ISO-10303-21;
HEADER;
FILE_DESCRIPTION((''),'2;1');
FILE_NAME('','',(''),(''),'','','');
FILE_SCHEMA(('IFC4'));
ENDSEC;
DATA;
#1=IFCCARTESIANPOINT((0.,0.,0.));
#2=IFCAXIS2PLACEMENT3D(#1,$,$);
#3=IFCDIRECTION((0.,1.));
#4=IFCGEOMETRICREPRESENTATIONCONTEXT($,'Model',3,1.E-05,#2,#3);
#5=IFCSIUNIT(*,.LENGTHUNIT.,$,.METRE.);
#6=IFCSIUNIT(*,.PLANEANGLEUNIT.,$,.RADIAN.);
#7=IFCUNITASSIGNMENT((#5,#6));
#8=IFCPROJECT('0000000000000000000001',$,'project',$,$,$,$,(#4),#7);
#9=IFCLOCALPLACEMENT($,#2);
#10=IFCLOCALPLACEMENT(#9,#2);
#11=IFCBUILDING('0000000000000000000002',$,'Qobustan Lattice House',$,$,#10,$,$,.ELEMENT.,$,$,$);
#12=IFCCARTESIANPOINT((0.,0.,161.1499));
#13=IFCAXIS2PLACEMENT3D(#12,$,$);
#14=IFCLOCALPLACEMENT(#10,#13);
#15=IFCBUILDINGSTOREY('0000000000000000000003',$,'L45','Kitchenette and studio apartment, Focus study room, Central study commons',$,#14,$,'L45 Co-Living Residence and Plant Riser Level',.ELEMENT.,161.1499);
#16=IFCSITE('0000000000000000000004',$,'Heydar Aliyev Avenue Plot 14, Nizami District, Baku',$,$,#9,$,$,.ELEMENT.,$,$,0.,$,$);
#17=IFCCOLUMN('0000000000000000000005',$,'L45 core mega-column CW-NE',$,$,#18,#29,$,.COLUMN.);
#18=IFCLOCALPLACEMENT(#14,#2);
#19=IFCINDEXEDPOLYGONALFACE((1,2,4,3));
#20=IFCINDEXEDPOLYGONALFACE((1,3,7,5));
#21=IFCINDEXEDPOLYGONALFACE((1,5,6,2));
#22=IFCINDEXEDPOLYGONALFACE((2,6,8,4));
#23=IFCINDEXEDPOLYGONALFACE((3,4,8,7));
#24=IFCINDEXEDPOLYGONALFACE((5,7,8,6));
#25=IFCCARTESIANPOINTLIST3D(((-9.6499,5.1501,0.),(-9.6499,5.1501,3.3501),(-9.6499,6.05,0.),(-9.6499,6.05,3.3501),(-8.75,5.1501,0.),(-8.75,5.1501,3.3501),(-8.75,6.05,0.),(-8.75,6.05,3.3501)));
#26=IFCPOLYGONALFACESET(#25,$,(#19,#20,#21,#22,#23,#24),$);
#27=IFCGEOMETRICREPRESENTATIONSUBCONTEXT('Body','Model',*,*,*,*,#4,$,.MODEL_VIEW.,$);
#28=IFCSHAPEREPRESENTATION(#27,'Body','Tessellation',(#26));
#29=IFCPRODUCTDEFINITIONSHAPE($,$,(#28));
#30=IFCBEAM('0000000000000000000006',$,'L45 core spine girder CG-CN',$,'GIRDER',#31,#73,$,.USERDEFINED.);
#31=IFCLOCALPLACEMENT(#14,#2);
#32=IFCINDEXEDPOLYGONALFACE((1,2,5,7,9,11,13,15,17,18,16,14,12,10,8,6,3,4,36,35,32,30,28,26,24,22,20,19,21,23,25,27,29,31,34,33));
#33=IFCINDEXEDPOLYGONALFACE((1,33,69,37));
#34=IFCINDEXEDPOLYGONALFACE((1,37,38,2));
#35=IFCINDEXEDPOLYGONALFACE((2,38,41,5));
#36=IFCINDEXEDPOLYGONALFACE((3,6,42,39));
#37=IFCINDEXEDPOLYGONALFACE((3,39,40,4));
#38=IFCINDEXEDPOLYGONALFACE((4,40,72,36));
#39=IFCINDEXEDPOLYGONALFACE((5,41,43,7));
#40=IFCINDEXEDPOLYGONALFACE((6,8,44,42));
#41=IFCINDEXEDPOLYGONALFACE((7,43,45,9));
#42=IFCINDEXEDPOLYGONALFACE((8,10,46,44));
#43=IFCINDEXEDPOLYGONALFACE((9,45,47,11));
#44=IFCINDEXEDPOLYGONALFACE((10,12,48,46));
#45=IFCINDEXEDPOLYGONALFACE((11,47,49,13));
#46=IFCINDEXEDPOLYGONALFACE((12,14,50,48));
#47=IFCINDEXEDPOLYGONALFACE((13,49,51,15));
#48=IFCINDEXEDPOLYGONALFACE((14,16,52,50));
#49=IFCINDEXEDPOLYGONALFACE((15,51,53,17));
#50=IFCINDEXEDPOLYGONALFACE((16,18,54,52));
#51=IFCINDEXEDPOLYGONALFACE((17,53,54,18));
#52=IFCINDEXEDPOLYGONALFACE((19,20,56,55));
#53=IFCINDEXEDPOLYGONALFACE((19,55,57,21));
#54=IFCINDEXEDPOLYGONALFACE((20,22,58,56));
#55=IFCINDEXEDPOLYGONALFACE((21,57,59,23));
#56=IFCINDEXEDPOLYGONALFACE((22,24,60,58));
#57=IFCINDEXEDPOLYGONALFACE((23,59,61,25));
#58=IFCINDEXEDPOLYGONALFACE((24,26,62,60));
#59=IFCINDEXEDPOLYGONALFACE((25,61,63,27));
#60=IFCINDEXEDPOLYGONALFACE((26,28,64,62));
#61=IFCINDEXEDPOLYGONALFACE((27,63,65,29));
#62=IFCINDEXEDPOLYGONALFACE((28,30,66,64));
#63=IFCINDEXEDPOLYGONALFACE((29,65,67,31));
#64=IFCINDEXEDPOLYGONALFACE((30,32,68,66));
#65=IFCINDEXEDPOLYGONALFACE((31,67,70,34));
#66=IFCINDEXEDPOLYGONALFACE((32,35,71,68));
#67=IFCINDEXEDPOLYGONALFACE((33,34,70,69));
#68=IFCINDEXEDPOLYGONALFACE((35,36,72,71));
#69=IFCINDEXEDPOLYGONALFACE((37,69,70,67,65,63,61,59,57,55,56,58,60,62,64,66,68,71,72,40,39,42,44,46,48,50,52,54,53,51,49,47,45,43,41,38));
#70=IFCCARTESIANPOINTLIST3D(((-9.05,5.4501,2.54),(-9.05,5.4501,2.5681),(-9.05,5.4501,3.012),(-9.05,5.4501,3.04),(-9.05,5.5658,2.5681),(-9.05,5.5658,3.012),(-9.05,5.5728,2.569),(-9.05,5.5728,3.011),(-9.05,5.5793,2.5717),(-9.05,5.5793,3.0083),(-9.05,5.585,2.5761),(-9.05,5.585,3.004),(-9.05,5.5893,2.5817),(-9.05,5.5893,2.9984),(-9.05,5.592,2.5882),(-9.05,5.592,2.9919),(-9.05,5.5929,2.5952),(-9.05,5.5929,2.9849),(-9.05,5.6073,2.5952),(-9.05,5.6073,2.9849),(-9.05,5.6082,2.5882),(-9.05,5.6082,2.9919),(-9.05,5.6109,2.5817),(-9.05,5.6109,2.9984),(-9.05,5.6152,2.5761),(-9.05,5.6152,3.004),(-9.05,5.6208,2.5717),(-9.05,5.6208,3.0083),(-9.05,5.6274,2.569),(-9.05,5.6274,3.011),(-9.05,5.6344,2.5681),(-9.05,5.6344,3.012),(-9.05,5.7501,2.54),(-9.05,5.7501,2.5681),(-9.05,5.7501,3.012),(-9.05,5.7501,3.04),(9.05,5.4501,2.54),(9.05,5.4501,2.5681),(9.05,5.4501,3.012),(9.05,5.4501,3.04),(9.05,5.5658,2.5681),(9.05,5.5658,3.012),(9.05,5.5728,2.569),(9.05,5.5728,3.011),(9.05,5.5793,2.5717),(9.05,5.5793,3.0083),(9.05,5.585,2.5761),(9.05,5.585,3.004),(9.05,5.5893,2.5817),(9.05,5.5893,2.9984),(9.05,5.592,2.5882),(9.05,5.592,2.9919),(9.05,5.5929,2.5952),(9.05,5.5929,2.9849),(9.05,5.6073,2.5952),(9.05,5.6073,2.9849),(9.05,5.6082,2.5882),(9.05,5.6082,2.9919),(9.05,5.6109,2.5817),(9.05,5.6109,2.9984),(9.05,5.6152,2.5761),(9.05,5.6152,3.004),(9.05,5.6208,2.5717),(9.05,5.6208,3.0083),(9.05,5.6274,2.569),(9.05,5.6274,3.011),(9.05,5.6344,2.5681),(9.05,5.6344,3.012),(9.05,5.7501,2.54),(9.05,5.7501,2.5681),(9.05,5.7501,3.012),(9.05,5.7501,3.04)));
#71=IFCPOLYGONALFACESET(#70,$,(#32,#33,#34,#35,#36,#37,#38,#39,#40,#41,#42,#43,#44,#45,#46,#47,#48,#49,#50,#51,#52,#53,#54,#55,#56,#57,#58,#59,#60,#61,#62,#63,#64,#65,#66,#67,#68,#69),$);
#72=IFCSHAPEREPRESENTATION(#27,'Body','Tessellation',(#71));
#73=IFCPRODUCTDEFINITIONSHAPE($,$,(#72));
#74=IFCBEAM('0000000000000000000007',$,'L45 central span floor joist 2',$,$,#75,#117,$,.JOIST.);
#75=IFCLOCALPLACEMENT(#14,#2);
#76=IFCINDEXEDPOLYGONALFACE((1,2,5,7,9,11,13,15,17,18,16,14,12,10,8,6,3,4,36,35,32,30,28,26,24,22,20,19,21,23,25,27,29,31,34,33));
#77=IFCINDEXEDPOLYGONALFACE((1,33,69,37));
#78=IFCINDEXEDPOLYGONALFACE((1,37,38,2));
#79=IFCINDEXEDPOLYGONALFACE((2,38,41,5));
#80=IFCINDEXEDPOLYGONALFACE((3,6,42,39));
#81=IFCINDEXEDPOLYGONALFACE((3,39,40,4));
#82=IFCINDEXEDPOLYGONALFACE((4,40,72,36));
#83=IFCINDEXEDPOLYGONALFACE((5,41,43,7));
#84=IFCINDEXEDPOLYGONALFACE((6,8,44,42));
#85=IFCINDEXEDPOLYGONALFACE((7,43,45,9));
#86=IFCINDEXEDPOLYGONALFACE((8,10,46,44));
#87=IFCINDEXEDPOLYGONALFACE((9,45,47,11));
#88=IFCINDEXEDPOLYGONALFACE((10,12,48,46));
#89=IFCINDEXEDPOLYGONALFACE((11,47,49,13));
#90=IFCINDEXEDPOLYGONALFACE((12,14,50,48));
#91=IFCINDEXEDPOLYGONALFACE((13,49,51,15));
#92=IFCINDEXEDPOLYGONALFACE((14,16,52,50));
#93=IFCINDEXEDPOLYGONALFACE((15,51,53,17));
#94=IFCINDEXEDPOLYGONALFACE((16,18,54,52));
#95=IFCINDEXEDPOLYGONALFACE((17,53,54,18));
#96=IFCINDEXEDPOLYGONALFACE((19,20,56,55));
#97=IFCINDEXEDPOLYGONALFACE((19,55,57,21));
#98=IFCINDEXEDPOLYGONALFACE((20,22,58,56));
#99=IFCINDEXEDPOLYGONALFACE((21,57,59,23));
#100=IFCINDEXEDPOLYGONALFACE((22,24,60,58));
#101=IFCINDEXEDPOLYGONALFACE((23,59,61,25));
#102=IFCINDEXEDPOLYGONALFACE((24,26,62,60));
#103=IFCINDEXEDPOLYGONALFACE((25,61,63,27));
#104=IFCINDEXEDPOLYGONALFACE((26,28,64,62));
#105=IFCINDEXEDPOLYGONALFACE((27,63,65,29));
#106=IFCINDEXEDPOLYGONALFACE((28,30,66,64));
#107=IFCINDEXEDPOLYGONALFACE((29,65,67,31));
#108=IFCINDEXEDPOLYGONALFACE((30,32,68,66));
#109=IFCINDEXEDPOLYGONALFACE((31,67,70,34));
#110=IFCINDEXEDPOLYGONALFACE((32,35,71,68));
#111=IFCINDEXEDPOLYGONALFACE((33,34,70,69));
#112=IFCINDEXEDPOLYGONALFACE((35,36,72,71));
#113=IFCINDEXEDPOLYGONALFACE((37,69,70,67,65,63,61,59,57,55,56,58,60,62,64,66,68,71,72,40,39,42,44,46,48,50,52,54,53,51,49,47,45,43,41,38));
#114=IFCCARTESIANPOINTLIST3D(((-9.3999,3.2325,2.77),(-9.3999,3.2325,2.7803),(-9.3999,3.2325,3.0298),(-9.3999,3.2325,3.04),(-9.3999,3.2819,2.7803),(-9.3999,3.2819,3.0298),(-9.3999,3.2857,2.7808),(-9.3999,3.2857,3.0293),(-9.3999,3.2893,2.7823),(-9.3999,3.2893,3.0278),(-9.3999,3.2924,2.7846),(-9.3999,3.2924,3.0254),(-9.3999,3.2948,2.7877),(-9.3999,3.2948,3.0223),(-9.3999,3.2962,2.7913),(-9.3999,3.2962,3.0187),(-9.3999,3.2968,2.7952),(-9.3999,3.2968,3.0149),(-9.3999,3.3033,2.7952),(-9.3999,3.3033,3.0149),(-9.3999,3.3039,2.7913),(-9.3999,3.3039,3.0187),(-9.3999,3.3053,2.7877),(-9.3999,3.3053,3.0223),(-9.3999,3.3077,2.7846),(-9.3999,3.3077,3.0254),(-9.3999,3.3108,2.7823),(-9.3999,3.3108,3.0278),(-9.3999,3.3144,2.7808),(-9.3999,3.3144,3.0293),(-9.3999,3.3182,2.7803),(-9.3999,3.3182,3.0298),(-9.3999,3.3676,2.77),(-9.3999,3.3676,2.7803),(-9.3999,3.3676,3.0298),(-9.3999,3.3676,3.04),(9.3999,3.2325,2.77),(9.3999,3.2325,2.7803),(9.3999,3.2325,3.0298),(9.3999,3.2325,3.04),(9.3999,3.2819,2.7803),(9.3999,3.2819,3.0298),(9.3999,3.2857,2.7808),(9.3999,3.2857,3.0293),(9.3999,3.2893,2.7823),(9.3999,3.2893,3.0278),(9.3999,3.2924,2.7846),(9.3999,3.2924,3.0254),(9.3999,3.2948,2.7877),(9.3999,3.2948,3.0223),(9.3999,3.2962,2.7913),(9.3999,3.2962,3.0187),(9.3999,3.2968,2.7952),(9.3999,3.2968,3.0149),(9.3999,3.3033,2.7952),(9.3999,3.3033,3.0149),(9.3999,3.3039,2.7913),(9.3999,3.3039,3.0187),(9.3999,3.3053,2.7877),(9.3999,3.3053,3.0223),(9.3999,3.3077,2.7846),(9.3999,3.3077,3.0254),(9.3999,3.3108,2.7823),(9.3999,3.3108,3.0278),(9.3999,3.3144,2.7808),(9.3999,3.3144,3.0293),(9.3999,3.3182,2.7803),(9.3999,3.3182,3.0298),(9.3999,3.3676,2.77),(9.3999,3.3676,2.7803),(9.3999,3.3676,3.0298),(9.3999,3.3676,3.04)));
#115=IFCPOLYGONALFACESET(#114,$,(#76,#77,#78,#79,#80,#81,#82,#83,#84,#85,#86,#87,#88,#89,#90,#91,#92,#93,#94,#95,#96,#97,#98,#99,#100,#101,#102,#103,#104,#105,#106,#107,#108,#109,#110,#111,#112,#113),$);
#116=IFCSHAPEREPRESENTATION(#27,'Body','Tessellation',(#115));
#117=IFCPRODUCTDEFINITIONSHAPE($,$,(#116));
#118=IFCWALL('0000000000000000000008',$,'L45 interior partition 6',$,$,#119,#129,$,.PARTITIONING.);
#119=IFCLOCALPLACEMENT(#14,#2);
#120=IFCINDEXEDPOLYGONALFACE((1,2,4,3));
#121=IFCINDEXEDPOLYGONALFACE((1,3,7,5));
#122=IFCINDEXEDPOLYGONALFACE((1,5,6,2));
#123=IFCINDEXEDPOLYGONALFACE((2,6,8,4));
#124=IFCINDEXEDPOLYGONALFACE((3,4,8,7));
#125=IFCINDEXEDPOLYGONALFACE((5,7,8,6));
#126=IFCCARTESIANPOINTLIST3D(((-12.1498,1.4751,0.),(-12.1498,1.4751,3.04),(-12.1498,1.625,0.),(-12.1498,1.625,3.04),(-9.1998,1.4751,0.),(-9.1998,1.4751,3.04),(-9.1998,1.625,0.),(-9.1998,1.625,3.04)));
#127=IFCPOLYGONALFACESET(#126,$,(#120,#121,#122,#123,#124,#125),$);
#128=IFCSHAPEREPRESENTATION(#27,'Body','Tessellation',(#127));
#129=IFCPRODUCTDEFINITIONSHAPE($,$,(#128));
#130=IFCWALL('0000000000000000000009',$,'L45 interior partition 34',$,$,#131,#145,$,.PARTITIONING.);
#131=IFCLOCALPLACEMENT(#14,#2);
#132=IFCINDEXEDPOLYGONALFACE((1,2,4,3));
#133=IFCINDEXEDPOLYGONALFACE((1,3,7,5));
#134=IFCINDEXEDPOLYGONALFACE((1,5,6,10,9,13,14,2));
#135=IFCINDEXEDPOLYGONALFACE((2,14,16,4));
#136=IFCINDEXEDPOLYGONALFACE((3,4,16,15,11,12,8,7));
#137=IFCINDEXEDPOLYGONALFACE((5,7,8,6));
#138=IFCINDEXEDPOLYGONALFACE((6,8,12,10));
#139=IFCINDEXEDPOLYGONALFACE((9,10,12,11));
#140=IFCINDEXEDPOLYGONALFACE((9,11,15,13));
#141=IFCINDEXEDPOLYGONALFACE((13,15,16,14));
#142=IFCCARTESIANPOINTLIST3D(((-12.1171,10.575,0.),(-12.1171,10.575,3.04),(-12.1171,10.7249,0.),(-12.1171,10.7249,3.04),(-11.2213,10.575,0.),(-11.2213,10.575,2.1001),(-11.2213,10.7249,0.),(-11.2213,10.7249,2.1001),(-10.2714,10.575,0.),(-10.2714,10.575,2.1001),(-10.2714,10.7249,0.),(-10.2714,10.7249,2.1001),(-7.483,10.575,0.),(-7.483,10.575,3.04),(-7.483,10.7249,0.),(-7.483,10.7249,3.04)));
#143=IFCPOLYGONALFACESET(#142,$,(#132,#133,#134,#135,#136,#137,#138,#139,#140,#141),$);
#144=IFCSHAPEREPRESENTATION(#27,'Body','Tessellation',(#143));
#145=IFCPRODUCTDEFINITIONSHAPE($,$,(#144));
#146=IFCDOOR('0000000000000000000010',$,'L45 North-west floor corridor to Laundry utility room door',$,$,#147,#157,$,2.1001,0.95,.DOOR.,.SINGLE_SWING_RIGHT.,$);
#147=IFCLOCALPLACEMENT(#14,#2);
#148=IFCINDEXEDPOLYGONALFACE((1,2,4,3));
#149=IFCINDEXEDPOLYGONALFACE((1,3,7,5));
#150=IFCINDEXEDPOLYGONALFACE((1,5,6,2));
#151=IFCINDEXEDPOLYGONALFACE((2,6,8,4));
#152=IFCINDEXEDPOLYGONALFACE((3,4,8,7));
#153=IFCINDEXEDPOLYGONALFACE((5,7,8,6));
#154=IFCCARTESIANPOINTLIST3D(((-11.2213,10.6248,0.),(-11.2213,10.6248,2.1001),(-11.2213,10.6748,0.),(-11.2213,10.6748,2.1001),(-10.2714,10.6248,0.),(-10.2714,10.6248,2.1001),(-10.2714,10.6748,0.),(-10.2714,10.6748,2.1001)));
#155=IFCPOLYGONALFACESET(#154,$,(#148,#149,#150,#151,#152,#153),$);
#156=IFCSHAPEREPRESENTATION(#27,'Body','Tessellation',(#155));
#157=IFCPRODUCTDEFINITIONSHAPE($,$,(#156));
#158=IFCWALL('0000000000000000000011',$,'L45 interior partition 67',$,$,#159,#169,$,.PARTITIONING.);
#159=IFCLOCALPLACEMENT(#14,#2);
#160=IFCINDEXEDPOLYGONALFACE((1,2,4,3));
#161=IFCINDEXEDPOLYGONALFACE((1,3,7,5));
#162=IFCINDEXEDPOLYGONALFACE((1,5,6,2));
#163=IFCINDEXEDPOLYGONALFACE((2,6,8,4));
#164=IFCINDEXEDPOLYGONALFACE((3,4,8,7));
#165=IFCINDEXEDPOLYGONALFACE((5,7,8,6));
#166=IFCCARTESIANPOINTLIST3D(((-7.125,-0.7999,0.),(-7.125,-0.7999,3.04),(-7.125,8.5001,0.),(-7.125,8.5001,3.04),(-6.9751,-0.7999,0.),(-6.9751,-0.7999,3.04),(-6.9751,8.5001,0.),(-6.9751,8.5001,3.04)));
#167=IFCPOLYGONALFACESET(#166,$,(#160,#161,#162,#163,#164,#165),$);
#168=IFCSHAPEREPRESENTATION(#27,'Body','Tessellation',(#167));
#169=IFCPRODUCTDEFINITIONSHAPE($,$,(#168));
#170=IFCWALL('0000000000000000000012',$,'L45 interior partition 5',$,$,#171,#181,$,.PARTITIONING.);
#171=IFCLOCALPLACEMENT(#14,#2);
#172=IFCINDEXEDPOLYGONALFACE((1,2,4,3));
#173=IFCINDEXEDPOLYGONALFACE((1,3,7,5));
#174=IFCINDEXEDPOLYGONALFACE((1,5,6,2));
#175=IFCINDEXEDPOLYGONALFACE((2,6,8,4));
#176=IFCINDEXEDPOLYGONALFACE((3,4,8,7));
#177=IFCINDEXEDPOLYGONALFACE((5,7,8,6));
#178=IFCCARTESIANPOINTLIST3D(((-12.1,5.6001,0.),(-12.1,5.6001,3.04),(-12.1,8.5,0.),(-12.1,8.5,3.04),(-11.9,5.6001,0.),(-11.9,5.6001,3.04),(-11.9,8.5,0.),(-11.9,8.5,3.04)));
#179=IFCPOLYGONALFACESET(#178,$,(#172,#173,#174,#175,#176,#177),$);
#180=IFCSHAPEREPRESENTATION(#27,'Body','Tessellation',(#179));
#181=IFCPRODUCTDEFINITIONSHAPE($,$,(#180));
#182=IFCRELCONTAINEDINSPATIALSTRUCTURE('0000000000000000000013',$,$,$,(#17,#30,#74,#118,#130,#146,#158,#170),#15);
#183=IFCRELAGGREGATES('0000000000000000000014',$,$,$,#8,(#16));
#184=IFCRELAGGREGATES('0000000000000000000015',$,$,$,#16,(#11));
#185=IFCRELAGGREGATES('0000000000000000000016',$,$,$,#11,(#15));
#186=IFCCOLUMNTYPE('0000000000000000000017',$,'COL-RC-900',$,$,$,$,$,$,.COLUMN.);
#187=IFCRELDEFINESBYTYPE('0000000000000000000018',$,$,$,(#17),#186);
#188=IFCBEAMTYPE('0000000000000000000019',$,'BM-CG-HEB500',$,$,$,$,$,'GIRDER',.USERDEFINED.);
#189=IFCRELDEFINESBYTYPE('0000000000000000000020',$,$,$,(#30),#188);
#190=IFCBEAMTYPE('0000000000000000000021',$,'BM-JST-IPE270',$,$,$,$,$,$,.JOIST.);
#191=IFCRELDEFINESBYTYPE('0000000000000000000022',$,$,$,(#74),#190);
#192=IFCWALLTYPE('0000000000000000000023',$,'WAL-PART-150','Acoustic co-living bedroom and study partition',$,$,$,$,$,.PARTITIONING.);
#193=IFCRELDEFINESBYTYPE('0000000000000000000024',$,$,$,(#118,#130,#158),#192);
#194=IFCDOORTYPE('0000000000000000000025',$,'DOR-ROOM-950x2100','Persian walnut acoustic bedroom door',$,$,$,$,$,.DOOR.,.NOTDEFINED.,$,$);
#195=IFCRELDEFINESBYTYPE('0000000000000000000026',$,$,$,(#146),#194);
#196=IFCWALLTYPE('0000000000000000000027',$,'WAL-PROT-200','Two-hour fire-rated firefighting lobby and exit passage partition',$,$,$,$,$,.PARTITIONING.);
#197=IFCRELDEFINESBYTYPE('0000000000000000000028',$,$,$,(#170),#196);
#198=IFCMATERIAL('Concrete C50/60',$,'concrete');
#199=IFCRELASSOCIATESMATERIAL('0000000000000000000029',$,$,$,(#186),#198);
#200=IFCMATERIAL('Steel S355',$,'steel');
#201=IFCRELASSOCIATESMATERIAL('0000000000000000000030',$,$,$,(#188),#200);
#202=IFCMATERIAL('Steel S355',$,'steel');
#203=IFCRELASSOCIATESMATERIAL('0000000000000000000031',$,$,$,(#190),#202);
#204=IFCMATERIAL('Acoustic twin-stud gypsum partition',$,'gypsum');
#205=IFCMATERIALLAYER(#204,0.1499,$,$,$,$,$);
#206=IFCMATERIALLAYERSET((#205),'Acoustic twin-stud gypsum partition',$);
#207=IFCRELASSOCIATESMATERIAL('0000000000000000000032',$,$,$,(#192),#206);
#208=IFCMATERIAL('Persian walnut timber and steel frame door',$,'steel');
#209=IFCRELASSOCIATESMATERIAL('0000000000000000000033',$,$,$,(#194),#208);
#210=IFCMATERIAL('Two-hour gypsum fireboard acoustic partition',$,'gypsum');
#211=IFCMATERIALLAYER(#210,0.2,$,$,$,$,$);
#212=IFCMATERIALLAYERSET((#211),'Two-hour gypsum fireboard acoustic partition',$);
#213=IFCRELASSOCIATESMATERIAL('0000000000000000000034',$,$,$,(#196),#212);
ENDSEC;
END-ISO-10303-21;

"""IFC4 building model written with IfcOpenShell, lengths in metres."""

from ifc_helpers import new_model, si_unit, direction, frame, frame_2d, origin, origin_2d, place, context, subcontext, project, spatial, rectangle, i_section, extrude, material, layer, layer_set, material_profile, profile_set, type_object, element, fill, save


model = new_model("IFC4")

# Units and contexts
model_context = context("Model", 3, precision=1e-05, world=origin(), true_north=direction((0.0, 1.0)))
body_context = subcontext(model_context, "Body", "Model", "MODEL_VIEW")
ifc_project = project(units=[si_unit("LENGTHUNIT", "METRE"), si_unit("PLANEANGLEUNIT", "RADIAN")], contexts=[model_context])

# Site, building, storey
site_placement = place(None, origin())
site = spatial("IfcSite", under=ifc_project, at=site_placement, Name="Heydar Aliyev Avenue Plot 14, Nizami District, Baku", CompositionType="ELEMENT", RefElevation=0.0)
building_placement = place(site_placement, origin())
building = spatial("IfcBuilding", under=site, at=building_placement, Name="Qobustan Lattice House", CompositionType="ELEMENT")
storey_placement = place(building_placement, frame((0.0, 0.0, 161.1499)))
storey = spatial("IfcBuildingStorey", under=building, at=storey_placement, Name="L45", Description="Kitchenette and studio apartment, Focus study room, Central study commons", LongName="L45 Co-Living Residence and Plant Riser Level", CompositionType="ELEMENT", Elevation=161.1499)

# Column
ifc_material_1 = material(Name="Concrete C50/60", Category="concrete")
ifc_material_profile_1 = material_profile(ifc_material_1, rectangle(XDim=0.8999, YDim=0.8999, at=origin_2d()), Name="RC900x900")
ifc_profile_set_1 = profile_set([ifc_material_profile_1], Name="Concrete C50/60")
column_type = type_object("IfcColumnType", Name="COL-RC-900", PredefinedType="COLUMN", material=ifc_profile_set_1)
column_placement = place(storey_placement, frame((-9.2, 5.6001, 0.0), z_axis=(0.0, 0.0, 1.0), x_axis=(1.0, 0.0, 0.0)))
element("IfcColumn", 1, at=column_placement, inside=storey, type_object=column_type, Name="L45 core mega-column CW-NE", PredefinedType="COLUMN", context=body_context, shape_type="SweptSolid", body=[
    extrude(rectangle(XDim=0.8999, YDim=0.8999, at=origin_2d()), origin(), (0.0, 0.0, 1.0), 3.3501),
])

# Beams
ifc_material_2 = material(Name="Steel S355", Category="steel")
ifc_material_profile_2 = material_profile(ifc_material_2, i_section(OverallWidth=0.3, OverallDepth=0.5, WebThickness=0.0144, FlangeThickness=0.0281, FilletRadius=0.0271, at=origin_2d()), Name="HEB500")
ifc_profile_set_2 = profile_set([ifc_material_profile_2], Name="Steel S355")
beam_type_1 = type_object("IfcBeamType", Name="BM-CG-HEB500", ElementType="GIRDER", PredefinedType="USERDEFINED", material=ifc_profile_set_2)
beam_1_placement = place(storey_placement, frame((-9.05, 5.6001, 2.79), z_axis=(1.0, 0.0, 0.0), x_axis=(0.0, 1.0, 0.0)))
element("IfcBeam", 2, at=beam_1_placement, inside=storey, type_object=beam_type_1, Name="L45 core spine girder CG-CN", ObjectType="GIRDER", PredefinedType="USERDEFINED", context=body_context, shape_type="SweptSolid", body=[
    extrude(i_section(OverallWidth=0.3, OverallDepth=0.5, WebThickness=0.0144, FlangeThickness=0.0281, FilletRadius=0.0271, at=origin_2d()), origin(), (0.0, 0.0, 1.0), 18.1001),
])
ifc_material_3 = material(Name="Steel S355", Category="steel")
ifc_material_profile_3 = material_profile(ifc_material_3, i_section(OverallWidth=0.135, OverallDepth=0.27, WebThickness=0.0066, FlangeThickness=0.0103, FilletRadius=0.0149, at=origin_2d()), Name="IPE270")
ifc_profile_set_3 = profile_set([ifc_material_profile_3], Name="Steel S355")
beam_type_2 = type_object("IfcBeamType", Name="BM-JST-IPE270", PredefinedType="JOIST", material=ifc_profile_set_3)
beam_2_placement = place(storey_placement, frame((-9.3999, 3.3, 2.905), z_axis=(1.0, 0.0, 0.0), x_axis=(0.0, 1.0, 0.0)))
element("IfcBeam", 3, at=beam_2_placement, inside=storey, type_object=beam_type_2, Name="L45 central span floor joist 2", PredefinedType="JOIST", context=body_context, shape_type="SweptSolid", body=[
    extrude(i_section(OverallWidth=0.135, OverallDepth=0.27, WebThickness=0.0066, FlangeThickness=0.0103, FilletRadius=0.0149, at=origin_2d()), origin(), (0.0, 0.0, 1.0), 18.7998),
])

# Wall
ifc_material_4 = material(Name="Acoustic twin-stud gypsum partition", Category="gypsum")
ifc_layer_1 = layer(ifc_material_4, 0.1499)
ifc_layer_set_1 = layer_set([ifc_layer_1], Name="Acoustic twin-stud gypsum partition")
wall_type_1 = type_object("IfcWallType", Name="WAL-PART-150", Description="Acoustic co-living bedroom and study partition", PredefinedType="PARTITIONING", material=ifc_layer_set_1)
wall_1_placement = place(storey_placement, frame((-12.1499, 1.55, 0.0), z_axis=(0.0, 0.0, 1.0), x_axis=(1.0, 0.0, 0.0)))
element("IfcWall", 4, at=wall_1_placement, inside=storey, type_object=wall_type_1, Name="L45 interior partition 6", PredefinedType="PARTITIONING", context=body_context, shape_type="SweptSolid", body=[
    extrude(rectangle(XDim=2.95, YDim=0.1499, at=frame_2d((1.4751, 0.0))), origin(), (0.0, 0.0, 1.0), 3.04),
])

# Wall, opening, door
wall_2_placement = place(storey_placement, frame((-12.1169, 10.6499, 0.0), z_axis=(0.0, 0.0, 1.0), x_axis=(1.0, 0.0, 0.0)))
wall_2 = element("IfcWall", 5, at=wall_2_placement, inside=storey, type_object=wall_type_1, Name="L45 interior partition 34", PredefinedType="PARTITIONING", context=body_context, shape_type="SweptSolid", body=[
    extrude(rectangle(XDim=4.634, YDim=0.1499, at=frame_2d((2.3169, 0.0))), origin(), (0.0, 0.0, 1.0), 3.04),
])
opening_1_placement = place(wall_2_placement, frame((0.8955, 0.0, 0.0)))
opening_1 = element("IfcOpeningElement", 6, at=opening_1_placement, cuts=wall_2, PredefinedType="OPENING", context=body_context, shape_type="SweptSolid", body=[
    extrude(rectangle(XDim=0.95, YDim=2.1001, at=frame_2d((0.4751, 1.05))), frame((0.0, 0.085, 0.0), z_axis=(0.0, -1.0, 0.0), x_axis=(1.0, 0.0, 0.0)), (0.0, 0.0, 1.0), 0.1699),
])
ifc_material_5 = material(Name="Persian walnut timber and steel frame door", Category="steel")
door_type_1 = type_object("IfcDoorType", Name="DOR-ROOM-950x2100", Description="Persian walnut acoustic bedroom door", OperationType="NOTDEFINED", PredefinedType="DOOR", material=ifc_material_5)
door_1_placement = place(opening_1_placement, origin())
door_1 = element("IfcDoor", 7, at=door_1_placement, inside=storey, type_object=door_type_1, Name="L45 North-west floor corridor to Laundry utility room door", OperationType="SINGLE_SWING_RIGHT", OverallHeight=2.1001, OverallWidth=0.95, PredefinedType="DOOR", context=body_context, shape_type="SweptSolid", body=[
    extrude(rectangle(XDim=0.95, YDim=2.1001, at=frame_2d((0.4751, 1.05))), frame((0.0, 0.0249, 0.0), z_axis=(0.0, -1.0, 0.0), x_axis=(1.0, 0.0, 0.0)), (0.0, 0.0, 1.0), 0.05),
])
fill(opening_1, door_1)

# Wall
wall_3_placement = place(storey_placement, frame((-7.05, 8.5, 0.0), z_axis=(0.0, 0.0, 1.0), x_axis=(0.0, -1.0, 0.0)))
element("IfcWall", 8, at=wall_3_placement, inside=storey, type_object=wall_type_1, Name="L45 interior partition 67", PredefinedType="PARTITIONING", context=body_context, shape_type="SweptSolid", body=[
    extrude(rectangle(XDim=9.3, YDim=0.1499, at=frame_2d((4.6499, 0.0))), origin(), (0.0, 0.0, 1.0), 3.04),
])

# Shared definitions
ifc_material_6 = material(Name="Two-hour gypsum fireboard acoustic partition", Category="gypsum")
ifc_layer_2 = layer(ifc_material_6, 0.2)
ifc_layer_set_2 = layer_set([ifc_layer_2], Name="Two-hour gypsum fireboard acoustic partition")
wall_type_2 = type_object("IfcWallType", Name="WAL-PROT-200", Description="Two-hour fire-rated firefighting lobby and exit passage partition", PredefinedType="PARTITIONING", material=ifc_layer_set_2)

# Wall
wall_4_placement = place(storey_placement, frame((-12.0, 5.6001, 0.0), z_axis=(0.0, 0.0, 1.0), x_axis=(0.0, 1.0, 0.0)))
element("IfcWall", 9, at=wall_4_placement, inside=storey, type_object=wall_type_2, Name="L45 interior partition 5", PredefinedType="PARTITIONING", context=body_context, shape_type="SweptSolid", body=[
    extrude(rectangle(XDim=2.8999, YDim=0.2, at=frame_2d((1.45, 0.0))), origin(), (0.0, 0.0, 1.0), 3.04),
])

save(model, "model.ifc")
